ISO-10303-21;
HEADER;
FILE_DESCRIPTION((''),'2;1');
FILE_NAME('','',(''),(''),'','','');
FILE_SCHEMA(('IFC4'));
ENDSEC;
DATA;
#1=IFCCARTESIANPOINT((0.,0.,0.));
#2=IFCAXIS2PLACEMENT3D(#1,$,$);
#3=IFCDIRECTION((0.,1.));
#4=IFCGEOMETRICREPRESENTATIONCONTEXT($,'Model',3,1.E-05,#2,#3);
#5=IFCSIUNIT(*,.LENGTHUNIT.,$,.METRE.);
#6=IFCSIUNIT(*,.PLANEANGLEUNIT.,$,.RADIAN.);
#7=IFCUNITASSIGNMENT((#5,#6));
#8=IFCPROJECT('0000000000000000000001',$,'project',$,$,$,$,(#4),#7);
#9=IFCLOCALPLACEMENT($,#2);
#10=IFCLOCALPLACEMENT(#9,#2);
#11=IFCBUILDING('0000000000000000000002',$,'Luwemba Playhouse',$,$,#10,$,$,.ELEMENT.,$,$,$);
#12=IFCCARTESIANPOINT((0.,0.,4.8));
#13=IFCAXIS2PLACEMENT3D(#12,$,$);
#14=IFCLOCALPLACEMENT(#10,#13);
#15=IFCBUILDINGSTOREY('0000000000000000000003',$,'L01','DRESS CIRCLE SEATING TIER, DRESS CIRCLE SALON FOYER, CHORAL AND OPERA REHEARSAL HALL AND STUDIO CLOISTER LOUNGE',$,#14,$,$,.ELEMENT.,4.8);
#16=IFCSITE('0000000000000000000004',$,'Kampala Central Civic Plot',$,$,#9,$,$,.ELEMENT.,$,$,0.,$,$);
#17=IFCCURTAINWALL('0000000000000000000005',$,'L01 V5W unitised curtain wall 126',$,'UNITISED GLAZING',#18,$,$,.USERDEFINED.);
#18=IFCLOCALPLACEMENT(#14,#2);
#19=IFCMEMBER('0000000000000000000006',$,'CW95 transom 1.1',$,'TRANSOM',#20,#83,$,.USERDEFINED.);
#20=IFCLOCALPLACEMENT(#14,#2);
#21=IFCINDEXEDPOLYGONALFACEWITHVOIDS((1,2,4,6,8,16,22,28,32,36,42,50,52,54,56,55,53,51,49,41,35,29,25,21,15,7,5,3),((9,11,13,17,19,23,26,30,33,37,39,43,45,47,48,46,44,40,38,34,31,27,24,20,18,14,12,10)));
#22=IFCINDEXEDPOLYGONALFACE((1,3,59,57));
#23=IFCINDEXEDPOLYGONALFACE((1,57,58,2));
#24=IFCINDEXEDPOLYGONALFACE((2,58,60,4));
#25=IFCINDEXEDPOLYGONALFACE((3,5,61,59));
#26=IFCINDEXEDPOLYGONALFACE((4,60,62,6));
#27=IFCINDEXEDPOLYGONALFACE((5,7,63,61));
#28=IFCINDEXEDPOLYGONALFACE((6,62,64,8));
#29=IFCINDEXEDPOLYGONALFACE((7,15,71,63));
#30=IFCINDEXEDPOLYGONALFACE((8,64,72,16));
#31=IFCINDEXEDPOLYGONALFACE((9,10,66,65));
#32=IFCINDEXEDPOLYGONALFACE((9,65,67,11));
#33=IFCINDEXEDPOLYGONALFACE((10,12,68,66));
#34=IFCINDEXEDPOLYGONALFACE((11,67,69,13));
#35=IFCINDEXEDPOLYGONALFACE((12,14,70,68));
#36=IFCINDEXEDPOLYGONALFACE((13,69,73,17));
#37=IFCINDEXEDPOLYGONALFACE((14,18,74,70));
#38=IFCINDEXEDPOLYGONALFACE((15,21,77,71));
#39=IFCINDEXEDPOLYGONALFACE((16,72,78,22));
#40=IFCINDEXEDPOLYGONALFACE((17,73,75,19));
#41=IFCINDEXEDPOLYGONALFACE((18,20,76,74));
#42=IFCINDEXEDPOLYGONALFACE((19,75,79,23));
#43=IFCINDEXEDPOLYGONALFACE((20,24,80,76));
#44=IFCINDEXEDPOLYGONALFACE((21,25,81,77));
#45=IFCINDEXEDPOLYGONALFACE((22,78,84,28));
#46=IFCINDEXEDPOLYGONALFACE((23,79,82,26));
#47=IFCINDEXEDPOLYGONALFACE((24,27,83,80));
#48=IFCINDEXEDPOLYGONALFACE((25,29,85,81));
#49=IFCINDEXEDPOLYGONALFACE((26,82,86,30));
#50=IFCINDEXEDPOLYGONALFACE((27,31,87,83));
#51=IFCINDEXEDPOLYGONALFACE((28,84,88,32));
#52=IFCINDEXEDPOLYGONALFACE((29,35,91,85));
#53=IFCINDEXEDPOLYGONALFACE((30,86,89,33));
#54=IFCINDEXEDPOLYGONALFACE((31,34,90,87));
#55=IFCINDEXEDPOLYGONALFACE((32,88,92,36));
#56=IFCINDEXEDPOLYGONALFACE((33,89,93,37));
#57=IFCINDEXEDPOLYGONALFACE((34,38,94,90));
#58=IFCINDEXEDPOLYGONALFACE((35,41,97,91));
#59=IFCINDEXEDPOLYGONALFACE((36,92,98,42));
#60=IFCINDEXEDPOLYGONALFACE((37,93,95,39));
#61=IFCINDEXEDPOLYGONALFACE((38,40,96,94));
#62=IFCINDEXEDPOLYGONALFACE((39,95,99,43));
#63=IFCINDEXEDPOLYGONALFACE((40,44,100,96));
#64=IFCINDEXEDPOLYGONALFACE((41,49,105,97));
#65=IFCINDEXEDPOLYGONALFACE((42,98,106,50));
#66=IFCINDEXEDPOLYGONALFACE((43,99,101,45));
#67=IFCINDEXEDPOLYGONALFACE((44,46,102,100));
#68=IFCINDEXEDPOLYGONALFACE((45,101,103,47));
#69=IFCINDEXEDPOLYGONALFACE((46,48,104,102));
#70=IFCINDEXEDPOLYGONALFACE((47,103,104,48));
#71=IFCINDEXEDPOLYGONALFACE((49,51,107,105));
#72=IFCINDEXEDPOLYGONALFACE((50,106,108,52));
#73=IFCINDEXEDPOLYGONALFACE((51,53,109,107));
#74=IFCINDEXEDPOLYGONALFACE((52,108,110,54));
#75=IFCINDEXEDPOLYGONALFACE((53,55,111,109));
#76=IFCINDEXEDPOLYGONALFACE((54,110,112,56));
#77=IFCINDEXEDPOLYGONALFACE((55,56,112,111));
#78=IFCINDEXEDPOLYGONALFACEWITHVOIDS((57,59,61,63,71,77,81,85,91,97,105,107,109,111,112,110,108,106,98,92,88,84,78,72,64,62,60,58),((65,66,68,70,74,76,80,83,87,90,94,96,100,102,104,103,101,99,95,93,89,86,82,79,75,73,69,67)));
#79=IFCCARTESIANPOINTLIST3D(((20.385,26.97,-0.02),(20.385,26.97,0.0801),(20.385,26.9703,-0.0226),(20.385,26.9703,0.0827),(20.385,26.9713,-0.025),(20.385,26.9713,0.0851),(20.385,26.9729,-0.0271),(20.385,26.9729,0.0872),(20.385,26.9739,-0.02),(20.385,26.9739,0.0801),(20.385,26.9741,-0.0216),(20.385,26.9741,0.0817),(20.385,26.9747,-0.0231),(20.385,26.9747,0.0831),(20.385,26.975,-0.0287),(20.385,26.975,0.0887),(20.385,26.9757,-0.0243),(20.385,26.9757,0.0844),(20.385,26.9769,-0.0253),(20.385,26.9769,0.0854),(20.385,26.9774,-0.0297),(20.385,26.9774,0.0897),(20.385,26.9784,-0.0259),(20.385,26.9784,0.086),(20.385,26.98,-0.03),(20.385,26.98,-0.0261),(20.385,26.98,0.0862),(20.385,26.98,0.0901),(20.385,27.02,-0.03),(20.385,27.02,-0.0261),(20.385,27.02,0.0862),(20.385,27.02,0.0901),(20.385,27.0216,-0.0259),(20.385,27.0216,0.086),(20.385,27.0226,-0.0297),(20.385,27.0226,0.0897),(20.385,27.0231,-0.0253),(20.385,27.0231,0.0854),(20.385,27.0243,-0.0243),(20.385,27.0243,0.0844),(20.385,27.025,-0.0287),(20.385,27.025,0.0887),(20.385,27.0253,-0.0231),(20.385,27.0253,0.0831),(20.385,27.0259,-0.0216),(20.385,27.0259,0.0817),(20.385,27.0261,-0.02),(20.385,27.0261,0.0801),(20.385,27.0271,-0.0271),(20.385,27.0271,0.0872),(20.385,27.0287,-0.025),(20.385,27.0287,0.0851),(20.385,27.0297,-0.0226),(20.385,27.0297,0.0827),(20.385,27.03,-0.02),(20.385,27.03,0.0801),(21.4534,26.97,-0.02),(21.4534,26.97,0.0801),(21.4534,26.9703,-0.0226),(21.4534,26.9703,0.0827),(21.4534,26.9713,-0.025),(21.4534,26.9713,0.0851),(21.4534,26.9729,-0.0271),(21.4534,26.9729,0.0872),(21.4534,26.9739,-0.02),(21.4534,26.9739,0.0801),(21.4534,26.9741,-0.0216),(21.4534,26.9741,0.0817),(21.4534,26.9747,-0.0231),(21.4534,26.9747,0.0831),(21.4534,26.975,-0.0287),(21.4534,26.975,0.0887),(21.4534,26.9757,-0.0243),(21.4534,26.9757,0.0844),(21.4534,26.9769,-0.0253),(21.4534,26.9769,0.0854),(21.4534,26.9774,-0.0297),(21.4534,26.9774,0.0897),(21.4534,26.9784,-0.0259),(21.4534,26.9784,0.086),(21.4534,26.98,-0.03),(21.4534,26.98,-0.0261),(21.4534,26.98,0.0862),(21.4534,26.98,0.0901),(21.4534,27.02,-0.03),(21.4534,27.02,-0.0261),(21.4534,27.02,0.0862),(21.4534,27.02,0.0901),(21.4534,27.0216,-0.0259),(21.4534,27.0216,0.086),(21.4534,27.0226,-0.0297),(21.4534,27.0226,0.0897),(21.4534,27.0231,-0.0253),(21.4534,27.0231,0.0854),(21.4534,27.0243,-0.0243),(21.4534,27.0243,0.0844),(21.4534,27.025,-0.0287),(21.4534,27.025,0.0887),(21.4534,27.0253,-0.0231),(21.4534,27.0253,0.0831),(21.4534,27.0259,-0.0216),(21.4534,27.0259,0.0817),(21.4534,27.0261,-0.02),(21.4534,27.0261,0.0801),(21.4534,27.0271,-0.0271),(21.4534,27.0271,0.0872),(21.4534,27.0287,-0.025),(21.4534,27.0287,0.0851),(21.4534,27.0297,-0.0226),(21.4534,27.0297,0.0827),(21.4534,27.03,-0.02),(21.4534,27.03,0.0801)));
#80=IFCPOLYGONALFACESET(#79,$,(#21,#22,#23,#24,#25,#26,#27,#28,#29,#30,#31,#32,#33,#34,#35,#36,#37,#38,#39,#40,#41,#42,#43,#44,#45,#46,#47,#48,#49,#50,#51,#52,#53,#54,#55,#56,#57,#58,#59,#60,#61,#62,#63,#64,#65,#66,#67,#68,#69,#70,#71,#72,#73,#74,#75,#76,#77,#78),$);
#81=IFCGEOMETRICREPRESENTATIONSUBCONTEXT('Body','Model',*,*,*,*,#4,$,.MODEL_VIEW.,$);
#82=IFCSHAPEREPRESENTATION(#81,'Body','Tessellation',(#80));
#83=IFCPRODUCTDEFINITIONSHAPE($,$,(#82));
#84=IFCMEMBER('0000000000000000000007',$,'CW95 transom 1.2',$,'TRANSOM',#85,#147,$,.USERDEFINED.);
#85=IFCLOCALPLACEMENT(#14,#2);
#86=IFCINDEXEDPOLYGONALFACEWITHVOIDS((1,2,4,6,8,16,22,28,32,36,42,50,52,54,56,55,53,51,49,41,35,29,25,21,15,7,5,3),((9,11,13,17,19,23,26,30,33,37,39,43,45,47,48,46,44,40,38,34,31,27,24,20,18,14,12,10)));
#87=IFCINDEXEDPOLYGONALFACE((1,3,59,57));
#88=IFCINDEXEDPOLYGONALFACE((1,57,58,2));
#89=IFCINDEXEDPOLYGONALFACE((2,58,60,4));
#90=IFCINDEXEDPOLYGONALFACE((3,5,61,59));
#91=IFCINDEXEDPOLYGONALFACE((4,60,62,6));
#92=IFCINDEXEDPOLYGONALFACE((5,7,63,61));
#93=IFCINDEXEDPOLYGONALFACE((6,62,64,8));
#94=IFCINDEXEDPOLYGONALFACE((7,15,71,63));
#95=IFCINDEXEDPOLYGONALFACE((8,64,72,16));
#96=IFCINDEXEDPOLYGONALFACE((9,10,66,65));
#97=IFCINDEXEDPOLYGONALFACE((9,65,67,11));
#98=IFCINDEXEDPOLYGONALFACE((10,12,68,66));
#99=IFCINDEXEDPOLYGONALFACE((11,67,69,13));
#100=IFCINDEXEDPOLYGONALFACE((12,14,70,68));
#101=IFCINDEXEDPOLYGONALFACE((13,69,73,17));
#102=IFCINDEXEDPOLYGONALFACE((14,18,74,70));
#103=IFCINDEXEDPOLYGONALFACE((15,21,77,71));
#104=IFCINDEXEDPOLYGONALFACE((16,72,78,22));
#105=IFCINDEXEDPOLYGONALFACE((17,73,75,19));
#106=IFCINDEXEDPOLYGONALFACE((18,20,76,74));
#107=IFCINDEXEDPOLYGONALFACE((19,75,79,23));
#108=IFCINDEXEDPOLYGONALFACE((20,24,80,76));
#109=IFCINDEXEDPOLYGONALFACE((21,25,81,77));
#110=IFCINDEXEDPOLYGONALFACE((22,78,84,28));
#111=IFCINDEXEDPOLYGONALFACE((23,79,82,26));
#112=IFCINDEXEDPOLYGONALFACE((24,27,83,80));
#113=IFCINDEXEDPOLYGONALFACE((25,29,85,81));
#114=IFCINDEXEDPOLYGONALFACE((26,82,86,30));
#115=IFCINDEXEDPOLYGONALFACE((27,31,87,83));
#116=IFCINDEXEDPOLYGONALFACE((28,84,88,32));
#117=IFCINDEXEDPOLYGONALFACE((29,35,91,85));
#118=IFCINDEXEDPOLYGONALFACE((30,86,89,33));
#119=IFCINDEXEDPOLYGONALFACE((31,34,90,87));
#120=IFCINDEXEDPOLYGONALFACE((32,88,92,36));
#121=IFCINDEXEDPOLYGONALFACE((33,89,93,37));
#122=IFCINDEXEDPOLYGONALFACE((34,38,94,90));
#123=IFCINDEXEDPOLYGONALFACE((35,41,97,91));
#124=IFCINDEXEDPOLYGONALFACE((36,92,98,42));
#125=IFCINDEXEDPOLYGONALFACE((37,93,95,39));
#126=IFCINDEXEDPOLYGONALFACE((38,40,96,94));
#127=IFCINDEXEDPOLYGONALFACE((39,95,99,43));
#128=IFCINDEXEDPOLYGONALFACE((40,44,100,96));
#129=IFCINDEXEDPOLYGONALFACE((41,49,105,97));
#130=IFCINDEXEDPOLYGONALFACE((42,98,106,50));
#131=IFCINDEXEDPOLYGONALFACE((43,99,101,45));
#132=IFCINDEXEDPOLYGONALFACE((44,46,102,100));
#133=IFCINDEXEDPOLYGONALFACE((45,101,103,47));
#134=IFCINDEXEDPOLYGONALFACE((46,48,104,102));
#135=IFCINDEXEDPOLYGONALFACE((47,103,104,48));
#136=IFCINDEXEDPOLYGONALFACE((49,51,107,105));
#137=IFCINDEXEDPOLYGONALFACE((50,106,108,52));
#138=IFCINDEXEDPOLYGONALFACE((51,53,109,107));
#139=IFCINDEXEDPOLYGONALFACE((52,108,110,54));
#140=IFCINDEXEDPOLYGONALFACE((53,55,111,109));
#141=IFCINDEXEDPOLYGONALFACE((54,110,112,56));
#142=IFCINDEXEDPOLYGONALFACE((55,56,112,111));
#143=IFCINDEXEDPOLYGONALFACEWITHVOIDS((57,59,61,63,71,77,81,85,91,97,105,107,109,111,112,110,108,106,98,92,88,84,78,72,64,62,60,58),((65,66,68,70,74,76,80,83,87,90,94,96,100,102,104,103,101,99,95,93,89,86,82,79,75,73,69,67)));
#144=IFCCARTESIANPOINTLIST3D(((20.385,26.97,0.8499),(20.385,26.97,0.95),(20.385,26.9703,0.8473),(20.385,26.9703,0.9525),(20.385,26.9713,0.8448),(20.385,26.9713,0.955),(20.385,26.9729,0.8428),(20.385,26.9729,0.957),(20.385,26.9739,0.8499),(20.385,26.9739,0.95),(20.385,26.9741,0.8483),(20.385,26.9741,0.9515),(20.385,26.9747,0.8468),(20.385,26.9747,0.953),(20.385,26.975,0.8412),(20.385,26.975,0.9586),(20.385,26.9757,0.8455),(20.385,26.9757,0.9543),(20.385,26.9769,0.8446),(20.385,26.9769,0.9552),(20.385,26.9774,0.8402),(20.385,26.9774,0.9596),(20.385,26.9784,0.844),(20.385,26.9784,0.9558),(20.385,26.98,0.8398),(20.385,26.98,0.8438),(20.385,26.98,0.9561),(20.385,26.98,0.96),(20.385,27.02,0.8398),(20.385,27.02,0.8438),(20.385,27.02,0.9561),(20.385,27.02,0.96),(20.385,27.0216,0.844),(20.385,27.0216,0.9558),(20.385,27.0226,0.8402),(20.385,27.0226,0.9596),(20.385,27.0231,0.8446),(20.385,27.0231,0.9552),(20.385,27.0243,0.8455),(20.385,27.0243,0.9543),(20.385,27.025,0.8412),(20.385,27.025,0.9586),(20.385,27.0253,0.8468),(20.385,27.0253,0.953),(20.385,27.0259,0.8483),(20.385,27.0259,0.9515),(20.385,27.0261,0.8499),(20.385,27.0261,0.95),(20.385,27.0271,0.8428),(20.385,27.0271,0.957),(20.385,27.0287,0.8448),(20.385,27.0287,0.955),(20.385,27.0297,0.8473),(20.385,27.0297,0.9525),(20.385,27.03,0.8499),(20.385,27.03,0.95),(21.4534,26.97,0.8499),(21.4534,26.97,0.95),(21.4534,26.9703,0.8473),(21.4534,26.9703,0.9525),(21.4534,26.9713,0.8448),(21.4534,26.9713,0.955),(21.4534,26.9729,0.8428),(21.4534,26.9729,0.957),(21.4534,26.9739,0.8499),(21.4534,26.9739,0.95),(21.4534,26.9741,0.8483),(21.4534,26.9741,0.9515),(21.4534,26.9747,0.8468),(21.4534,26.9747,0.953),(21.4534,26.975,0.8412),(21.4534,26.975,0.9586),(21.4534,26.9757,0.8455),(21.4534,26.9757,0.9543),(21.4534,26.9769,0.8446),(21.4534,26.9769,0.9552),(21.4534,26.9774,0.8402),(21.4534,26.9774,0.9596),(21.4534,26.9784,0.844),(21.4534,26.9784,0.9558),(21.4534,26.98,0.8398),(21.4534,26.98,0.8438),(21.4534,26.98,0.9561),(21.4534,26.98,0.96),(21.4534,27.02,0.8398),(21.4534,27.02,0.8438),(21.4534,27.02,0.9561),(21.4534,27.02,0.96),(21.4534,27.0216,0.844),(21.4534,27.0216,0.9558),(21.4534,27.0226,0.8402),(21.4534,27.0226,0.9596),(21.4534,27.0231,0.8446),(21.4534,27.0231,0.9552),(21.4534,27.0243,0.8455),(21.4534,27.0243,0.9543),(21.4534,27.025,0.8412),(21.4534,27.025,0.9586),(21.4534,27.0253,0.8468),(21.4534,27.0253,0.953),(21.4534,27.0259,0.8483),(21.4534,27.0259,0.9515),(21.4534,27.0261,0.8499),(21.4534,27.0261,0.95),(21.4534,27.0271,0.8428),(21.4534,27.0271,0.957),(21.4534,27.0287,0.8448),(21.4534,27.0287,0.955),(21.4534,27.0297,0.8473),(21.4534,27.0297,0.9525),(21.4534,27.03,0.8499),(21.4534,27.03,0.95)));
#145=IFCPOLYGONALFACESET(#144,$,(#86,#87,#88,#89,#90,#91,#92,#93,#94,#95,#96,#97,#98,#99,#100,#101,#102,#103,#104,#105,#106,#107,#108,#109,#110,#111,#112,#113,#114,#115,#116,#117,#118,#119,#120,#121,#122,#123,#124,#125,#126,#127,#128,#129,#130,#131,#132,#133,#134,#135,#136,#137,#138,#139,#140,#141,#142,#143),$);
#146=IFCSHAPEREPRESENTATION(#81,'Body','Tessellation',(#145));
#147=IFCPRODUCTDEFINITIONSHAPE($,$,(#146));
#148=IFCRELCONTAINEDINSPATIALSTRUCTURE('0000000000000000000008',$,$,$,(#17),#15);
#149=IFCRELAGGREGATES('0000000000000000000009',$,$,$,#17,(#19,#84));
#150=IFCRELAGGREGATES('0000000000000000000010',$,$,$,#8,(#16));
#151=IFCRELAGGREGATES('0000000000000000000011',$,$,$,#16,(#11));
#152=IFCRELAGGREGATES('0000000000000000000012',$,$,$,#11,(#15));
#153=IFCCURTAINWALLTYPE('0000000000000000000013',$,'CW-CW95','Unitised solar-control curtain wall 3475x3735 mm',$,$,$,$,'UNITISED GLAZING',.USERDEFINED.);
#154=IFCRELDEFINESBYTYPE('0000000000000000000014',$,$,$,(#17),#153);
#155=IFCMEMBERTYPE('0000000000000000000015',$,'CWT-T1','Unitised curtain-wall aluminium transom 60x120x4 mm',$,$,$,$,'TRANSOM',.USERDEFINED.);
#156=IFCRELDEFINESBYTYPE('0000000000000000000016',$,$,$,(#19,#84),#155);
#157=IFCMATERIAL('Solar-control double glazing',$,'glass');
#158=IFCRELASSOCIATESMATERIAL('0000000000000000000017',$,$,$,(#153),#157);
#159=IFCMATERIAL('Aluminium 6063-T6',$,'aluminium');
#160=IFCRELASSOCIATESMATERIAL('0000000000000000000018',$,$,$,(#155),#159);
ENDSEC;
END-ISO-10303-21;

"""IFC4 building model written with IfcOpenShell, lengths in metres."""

from ifc_helpers import new_model, si_unit, direction, frame, origin, origin_2d, place, context, subcontext, project, spatial, hollow_rectangle, extrude, material, material_profile, profile_set, type_object, element, aggregate, save


model = new_model("IFC4")

# Units and contexts
model_context = context("Model", 3, precision=1e-05, world=origin(), true_north=direction((0.0, 1.0)))
body_context = subcontext(model_context, "Body", "Model", "MODEL_VIEW")
ifc_project = project(units=[si_unit("LENGTHUNIT", "METRE"), si_unit("PLANEANGLEUNIT", "RADIAN")], contexts=[model_context])

# Site, building, storey
site_placement = place(None, origin())
site = spatial("IfcSite", under=ifc_project, at=site_placement, Name="Kampala Central Civic Plot", CompositionType="ELEMENT", RefElevation=0.0)
building_placement = place(site_placement, origin())
building = spatial("IfcBuilding", under=site, at=building_placement, Name="Luwemba Playhouse", CompositionType="ELEMENT")
storey_placement = place(building_placement, frame((0.0, 0.0, 4.8)))
storey = spatial("IfcBuildingStorey", under=building, at=storey_placement, Name="L01", Description="DRESS CIRCLE SEATING TIER, DRESS CIRCLE SALON FOYER, CHORAL AND OPERA REHEARSAL HALL AND STUDIO CLOISTER LOUNGE", CompositionType="ELEMENT", Elevation=4.8)

# Curtain wall
ifc_material_1 = material(Name="Solar-control double glazing", Category="glass")
curtain_wall_type_1 = type_object("IfcCurtainWallType", Name="CW-CW95", Description="Unitised solar-control curtain wall 3475x3735 mm", ElementType="UNITISED GLAZING", PredefinedType="USERDEFINED", material=ifc_material_1)
curtain_wall_1_placement = place(storey_placement, origin())
curtain_wall_1 = element("IfcCurtainWall", 1, at=curtain_wall_1_placement, inside=storey, type_object=curtain_wall_type_1, Name="L01 V5W unitised curtain wall 126", ObjectType="UNITISED GLAZING", PredefinedType="USERDEFINED")
ifc_material_2 = material(Name="Aluminium 6063-T6", Category="aluminium")

# Members
ifc_material_profile_1 = material_profile(ifc_material_2, hollow_rectangle(XDim=0.0601, YDim=0.1201, WallThickness=0.0039, InnerFilletRadius=0.0061, OuterFilletRadius=0.01, at=origin_2d()))
ifc_profile_set_1 = profile_set([ifc_material_profile_1], Name="Aluminium 6063-T6")
member_type_1 = type_object("IfcMemberType", Name="CWT-T1", Description="Unitised curtain-wall aluminium transom 60x120x4 mm", ElementType="TRANSOM", PredefinedType="USERDEFINED", material=ifc_profile_set_1)
member_1_placement = place(storey_placement, frame((20.385, 27.0, 0.03), z_axis=(1.0, 0.0, 0.0), x_axis=(0.0, 1.0, 0.0)))
member_1 = element("IfcMember", 2, at=member_1_placement, type_object=member_type_1, Name="CW95 transom 1.1", ObjectType="TRANSOM", PredefinedType="USERDEFINED", context=body_context, shape_type="SweptSolid", body=[
    extrude(hollow_rectangle(XDim=0.0601, YDim=0.1201, WallThickness=0.0039, InnerFilletRadius=0.0061, OuterFilletRadius=0.01, at=origin_2d()), origin(), (0.0, 0.0, 1.0), 1.0684),
])
member_2_placement = place(storey_placement, frame((20.385, 27.0, 0.8999), z_axis=(1.0, 0.0, 0.0), x_axis=(0.0, 1.0, 0.0)))
member_2 = element("IfcMember", 3, at=member_2_placement, type_object=member_type_1, Name="CW95 transom 1.2", ObjectType="TRANSOM", PredefinedType="USERDEFINED", context=body_context, shape_type="SweptSolid", body=[
    extrude(hollow_rectangle(XDim=0.0601, YDim=0.1201, WallThickness=0.0039, InnerFilletRadius=0.0061, OuterFilletRadius=0.01, at=origin_2d()), origin(), (0.0, 0.0, 1.0), 1.0684),
])

aggregate(curtain_wall_1, [member_1, member_2])

save(model, "model.ifc")
